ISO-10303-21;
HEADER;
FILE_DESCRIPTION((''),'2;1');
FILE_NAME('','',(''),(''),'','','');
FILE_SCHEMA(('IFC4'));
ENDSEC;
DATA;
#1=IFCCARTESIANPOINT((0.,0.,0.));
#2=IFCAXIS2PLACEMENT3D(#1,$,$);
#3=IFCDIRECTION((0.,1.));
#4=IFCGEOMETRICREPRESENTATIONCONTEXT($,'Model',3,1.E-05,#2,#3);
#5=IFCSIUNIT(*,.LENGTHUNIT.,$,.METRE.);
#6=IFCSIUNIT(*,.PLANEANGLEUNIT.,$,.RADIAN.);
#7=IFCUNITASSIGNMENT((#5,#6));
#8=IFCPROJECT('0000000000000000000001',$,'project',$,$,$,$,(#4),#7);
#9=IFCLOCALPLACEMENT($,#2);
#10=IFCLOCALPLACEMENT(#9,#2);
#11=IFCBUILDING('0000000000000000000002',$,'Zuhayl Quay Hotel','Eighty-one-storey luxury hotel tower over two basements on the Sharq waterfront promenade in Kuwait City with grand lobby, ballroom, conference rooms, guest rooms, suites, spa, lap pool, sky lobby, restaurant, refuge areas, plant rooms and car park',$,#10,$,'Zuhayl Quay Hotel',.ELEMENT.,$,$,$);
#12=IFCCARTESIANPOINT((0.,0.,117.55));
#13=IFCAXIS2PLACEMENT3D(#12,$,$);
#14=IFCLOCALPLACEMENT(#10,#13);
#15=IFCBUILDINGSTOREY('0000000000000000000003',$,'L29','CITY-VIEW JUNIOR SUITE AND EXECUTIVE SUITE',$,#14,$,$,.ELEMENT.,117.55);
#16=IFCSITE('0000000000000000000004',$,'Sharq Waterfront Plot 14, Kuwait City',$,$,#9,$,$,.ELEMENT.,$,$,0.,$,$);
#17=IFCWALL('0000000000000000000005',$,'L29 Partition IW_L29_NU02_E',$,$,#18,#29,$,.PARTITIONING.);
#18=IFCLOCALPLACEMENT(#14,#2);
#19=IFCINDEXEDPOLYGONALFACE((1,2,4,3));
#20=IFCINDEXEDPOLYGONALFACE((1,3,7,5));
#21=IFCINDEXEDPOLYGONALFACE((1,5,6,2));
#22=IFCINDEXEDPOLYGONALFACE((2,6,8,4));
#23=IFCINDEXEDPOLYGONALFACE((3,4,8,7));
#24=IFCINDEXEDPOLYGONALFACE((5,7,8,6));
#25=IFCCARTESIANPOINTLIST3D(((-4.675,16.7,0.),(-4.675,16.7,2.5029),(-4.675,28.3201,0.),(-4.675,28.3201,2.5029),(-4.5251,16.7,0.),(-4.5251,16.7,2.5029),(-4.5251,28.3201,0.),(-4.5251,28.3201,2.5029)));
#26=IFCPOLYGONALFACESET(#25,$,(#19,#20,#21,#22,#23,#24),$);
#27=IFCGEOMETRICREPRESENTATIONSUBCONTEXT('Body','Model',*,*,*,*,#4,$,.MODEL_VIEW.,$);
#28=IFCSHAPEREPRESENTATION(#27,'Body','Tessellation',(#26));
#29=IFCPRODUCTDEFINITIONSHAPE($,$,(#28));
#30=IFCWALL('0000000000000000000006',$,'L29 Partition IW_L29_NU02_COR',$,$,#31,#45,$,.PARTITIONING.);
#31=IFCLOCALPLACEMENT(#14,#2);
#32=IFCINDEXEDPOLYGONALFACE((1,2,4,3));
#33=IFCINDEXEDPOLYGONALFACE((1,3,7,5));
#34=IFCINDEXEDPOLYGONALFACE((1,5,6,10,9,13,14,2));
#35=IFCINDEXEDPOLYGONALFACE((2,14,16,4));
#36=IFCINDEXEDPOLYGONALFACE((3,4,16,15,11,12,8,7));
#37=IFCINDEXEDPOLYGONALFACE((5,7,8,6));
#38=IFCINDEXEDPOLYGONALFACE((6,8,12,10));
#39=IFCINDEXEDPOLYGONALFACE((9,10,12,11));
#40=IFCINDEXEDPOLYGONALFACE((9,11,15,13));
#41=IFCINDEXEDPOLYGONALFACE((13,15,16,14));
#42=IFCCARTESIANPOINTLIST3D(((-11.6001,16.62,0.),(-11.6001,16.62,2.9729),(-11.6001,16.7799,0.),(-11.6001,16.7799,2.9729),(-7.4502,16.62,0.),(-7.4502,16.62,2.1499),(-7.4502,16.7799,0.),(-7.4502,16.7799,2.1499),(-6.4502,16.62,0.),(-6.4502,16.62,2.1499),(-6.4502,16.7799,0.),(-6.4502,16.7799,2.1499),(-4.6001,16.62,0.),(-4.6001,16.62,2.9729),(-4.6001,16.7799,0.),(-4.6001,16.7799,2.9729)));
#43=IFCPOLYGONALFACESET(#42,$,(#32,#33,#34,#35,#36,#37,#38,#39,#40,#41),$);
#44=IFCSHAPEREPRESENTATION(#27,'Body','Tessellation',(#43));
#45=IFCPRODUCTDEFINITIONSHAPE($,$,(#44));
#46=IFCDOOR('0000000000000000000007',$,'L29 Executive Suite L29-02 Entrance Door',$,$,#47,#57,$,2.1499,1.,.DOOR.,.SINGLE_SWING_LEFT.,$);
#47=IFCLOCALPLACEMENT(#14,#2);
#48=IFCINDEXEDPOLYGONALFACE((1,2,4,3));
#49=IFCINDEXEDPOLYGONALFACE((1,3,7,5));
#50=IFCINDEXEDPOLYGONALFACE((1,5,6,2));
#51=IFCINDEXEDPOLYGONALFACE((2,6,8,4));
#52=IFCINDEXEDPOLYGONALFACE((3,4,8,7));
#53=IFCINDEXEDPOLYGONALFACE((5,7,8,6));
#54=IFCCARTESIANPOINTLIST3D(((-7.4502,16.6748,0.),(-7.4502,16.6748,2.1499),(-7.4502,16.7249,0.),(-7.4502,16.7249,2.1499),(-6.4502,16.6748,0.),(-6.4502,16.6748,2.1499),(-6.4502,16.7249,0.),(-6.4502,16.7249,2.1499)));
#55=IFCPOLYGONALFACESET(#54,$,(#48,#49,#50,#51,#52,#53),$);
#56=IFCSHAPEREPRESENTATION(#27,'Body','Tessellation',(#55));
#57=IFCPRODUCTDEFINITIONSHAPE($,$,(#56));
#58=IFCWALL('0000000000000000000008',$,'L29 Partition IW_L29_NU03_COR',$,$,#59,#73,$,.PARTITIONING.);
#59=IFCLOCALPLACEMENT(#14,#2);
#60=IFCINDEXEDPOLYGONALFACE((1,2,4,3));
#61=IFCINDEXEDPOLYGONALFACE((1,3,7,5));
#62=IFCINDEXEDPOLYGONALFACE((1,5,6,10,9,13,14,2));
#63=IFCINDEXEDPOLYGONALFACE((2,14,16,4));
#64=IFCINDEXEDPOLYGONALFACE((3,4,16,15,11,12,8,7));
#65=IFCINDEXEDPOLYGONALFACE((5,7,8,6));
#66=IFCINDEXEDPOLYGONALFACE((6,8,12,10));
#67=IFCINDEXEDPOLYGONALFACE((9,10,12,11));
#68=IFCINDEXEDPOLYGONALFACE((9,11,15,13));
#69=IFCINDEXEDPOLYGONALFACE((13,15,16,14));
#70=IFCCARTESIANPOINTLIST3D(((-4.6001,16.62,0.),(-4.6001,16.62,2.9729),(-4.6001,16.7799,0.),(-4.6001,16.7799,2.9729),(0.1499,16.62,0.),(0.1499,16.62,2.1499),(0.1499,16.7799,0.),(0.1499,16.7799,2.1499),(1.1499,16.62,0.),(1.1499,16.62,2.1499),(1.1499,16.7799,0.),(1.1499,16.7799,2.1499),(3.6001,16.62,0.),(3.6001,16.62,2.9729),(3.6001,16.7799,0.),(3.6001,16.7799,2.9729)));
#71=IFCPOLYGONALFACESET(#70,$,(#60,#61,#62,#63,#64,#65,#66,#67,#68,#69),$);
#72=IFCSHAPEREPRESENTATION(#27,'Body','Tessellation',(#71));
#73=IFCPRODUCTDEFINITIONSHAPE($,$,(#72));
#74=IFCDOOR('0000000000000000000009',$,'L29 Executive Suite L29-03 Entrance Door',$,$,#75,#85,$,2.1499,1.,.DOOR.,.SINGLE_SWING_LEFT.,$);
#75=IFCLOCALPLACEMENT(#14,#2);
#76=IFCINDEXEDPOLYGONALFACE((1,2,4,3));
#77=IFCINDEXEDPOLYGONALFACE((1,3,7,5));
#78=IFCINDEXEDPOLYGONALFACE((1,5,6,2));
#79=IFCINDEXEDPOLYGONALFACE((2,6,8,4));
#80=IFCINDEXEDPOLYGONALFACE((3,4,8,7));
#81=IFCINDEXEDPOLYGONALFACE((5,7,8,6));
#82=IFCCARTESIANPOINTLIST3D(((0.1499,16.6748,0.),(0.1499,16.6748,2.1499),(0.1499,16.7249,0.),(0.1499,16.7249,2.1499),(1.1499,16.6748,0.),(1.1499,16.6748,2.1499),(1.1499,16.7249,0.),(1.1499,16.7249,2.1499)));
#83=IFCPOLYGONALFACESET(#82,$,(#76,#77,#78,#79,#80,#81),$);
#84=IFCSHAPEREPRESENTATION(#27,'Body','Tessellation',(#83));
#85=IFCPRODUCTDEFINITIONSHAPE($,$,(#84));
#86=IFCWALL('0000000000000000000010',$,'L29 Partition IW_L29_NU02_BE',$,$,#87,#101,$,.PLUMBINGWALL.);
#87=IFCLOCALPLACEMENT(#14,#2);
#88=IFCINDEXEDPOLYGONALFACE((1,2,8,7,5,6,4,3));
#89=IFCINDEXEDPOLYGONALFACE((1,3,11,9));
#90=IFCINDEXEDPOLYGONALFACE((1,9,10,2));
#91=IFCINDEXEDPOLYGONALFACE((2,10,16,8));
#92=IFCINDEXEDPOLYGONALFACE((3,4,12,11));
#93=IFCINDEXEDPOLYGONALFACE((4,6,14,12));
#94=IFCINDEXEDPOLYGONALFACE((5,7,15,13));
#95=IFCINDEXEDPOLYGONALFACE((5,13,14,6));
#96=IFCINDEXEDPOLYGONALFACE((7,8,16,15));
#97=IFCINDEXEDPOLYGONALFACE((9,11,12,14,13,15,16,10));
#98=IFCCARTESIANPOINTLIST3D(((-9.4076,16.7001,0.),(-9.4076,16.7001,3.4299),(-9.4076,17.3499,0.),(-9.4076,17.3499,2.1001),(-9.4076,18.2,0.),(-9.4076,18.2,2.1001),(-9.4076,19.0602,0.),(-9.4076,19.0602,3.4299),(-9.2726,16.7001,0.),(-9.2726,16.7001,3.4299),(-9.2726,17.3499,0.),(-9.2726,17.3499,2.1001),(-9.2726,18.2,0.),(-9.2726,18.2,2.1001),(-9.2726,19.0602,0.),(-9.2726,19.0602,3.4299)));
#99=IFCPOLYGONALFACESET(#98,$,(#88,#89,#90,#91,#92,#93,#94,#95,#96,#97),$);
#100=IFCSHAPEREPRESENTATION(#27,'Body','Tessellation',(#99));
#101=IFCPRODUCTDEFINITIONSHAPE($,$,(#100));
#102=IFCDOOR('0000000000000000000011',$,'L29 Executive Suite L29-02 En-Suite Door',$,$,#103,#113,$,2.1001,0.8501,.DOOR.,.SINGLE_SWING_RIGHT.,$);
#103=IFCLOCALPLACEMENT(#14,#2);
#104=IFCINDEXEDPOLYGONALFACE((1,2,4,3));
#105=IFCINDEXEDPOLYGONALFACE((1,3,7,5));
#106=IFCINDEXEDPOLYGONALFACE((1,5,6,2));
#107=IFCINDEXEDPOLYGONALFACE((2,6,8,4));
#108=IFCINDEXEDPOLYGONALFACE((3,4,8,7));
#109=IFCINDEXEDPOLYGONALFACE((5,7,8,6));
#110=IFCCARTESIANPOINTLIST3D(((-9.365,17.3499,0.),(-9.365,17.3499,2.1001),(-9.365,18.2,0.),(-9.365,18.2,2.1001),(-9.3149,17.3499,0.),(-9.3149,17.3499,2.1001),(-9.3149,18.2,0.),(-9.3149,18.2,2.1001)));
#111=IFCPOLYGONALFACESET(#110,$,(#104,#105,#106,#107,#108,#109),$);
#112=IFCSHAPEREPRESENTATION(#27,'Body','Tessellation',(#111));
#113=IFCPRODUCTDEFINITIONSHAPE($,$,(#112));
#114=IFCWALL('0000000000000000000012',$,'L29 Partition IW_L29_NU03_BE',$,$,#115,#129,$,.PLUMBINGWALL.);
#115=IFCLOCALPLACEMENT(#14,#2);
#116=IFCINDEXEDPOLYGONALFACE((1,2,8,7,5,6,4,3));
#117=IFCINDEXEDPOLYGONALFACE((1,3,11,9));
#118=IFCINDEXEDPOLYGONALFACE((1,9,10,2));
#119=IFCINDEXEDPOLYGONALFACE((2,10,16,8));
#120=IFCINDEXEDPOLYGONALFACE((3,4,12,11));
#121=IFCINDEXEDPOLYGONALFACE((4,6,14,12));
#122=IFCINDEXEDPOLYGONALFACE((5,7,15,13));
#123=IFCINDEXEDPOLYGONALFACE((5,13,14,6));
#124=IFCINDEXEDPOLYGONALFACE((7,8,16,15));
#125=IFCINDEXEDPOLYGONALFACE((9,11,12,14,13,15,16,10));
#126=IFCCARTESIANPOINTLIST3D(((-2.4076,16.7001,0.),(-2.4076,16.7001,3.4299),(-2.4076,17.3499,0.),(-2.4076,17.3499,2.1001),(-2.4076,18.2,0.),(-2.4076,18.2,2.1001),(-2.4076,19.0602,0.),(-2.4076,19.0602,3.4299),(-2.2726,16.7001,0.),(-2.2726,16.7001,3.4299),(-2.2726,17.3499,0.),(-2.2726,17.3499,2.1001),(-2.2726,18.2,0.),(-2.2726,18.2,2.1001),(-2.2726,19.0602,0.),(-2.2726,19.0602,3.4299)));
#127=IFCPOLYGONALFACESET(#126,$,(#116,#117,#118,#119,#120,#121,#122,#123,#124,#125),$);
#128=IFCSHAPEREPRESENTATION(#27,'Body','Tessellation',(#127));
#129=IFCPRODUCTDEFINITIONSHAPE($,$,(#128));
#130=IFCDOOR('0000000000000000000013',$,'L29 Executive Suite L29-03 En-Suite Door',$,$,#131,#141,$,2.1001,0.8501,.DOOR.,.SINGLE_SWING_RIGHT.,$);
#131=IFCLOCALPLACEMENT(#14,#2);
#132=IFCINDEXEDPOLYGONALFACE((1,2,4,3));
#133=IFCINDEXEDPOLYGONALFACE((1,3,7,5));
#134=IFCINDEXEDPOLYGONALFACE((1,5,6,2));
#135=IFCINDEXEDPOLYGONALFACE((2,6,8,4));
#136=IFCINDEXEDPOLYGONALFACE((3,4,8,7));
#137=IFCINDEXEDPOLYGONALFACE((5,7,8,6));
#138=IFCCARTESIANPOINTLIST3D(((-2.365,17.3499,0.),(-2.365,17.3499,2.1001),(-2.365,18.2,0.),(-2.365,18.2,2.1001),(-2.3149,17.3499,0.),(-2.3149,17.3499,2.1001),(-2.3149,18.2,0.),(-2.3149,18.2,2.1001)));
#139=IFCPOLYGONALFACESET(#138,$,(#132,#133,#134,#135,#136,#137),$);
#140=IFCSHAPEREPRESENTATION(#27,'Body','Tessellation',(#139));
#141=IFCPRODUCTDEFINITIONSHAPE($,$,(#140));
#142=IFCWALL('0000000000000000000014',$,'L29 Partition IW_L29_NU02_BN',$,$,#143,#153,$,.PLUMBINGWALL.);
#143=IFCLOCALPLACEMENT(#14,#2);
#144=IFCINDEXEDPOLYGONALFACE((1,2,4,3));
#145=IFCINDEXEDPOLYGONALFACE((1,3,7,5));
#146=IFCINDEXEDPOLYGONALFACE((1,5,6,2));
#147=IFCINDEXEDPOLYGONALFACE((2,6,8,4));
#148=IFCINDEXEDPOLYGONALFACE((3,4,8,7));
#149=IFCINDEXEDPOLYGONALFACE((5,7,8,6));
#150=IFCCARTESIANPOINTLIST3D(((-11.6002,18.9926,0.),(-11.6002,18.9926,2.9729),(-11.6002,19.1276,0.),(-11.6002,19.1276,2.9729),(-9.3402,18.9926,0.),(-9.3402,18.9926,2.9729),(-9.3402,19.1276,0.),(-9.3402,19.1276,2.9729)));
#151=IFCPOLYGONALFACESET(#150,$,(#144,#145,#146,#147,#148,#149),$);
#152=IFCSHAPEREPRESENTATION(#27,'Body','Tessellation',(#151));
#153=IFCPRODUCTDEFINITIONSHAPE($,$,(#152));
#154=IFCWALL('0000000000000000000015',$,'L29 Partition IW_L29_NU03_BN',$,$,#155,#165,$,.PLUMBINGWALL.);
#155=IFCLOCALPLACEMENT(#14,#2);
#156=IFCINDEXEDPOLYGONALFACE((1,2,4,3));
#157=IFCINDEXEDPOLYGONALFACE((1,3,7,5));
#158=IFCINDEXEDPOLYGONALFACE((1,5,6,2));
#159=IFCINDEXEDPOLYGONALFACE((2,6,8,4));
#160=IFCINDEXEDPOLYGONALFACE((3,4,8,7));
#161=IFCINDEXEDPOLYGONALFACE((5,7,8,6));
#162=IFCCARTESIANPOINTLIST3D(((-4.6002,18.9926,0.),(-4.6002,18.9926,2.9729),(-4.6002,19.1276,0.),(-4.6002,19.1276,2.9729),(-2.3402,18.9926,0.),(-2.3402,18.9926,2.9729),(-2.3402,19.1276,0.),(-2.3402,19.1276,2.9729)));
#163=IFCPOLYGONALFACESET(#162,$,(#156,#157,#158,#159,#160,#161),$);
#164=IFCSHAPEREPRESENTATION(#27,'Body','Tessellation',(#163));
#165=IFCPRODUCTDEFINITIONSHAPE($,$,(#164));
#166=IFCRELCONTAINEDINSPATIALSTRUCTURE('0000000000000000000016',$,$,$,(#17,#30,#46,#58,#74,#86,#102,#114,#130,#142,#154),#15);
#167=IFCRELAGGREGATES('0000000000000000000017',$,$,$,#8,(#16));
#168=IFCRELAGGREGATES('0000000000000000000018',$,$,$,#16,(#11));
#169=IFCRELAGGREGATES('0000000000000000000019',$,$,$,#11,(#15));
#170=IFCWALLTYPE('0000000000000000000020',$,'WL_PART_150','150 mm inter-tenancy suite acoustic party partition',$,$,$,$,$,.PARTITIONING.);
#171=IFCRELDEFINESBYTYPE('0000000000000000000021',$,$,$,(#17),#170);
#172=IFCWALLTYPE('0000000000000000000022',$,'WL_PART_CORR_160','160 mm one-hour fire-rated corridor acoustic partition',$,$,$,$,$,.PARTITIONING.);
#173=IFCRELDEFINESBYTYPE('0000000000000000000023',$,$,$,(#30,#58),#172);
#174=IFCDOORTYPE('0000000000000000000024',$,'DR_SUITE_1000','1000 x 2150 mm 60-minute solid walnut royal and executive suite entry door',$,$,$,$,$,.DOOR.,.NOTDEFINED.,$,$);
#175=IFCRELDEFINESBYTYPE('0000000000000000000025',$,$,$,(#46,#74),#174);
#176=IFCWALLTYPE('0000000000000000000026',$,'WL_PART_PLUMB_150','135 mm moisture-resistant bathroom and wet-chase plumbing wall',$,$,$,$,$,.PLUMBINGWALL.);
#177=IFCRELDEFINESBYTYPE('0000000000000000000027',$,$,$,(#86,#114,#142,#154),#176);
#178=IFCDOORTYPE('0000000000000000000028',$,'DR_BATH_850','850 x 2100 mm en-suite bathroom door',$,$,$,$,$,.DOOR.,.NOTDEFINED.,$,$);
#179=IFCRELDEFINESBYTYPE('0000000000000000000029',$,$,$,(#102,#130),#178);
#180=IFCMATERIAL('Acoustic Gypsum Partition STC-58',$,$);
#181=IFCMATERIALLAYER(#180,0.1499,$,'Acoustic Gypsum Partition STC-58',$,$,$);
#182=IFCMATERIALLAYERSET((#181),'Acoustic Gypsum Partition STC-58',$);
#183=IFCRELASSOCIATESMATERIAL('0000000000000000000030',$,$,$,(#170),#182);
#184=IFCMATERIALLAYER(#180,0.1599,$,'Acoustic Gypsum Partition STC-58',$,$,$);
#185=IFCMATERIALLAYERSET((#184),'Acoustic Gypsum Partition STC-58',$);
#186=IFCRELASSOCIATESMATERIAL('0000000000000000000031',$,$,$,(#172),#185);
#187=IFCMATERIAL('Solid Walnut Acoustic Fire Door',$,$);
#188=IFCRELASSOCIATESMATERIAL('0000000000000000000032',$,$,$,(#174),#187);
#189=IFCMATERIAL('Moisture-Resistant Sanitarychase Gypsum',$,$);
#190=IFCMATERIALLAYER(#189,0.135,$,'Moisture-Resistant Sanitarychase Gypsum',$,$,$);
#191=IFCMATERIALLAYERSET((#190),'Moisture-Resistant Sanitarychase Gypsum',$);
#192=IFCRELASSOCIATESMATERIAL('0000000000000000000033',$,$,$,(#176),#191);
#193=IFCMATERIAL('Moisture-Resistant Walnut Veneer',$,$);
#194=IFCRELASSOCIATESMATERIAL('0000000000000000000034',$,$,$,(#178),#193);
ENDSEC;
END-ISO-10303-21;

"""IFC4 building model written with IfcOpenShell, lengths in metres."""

from ifc_helpers import new_model, si_unit, direction, frame, frame_2d, origin, place, context, subcontext, project, spatial, rectangle, extrude, material, layer, layer_set, type_object, element, fill, save


model = new_model("IFC4")

# Units and contexts
model_context = context("Model", 3, precision=1e-05, world=origin(), true_north=direction((0.0, 1.0)))
body_context = subcontext(model_context, "Body", "Model", "MODEL_VIEW")
ifc_project = project(units=[si_unit("LENGTHUNIT", "METRE"), si_unit("PLANEANGLEUNIT", "RADIAN")], contexts=[model_context])

# Site, building, storey
site_placement = place(None, origin())
site = spatial("IfcSite", under=ifc_project, at=site_placement, Name="Sharq Waterfront Plot 14, Kuwait City", CompositionType="ELEMENT", RefElevation=0.0)
building_placement = place(site_placement, origin())
building = spatial("IfcBuilding", under=site, at=building_placement, Name="Zuhayl Quay Hotel", Description="Eighty-one-storey luxury hotel tower over two basements on the Sharq waterfront promenade in Kuwait City with grand lobby, ballroom, conference rooms, guest rooms, suites, spa, lap pool, sky lobby, restaurant, refuge areas, plant rooms and car park", LongName="Zuhayl Quay Hotel", CompositionType="ELEMENT")
storey_placement = place(building_placement, frame((0.0, 0.0, 117.55)))
storey = spatial("IfcBuildingStorey", under=building, at=storey_placement, Name="L29", Description="CITY-VIEW JUNIOR SUITE AND EXECUTIVE SUITE", CompositionType="ELEMENT", Elevation=117.55)

# Wall
ifc_material_1 = material(Name="Acoustic Gypsum Partition STC-58")
ifc_layer_1 = layer(ifc_material_1, 0.1499, Name="Acoustic Gypsum Partition STC-58")
ifc_layer_set_1 = layer_set([ifc_layer_1], Name="Acoustic Gypsum Partition STC-58")
wall_type_1 = type_object("IfcWallType", Name="WL_PART_150", Description="150 mm inter-tenancy suite acoustic party partition", PredefinedType="PARTITIONING", material=ifc_layer_set_1)
wall_1_placement = place(storey_placement, frame((-4.6001, 16.7, 0.0), z_axis=(0.0, 0.0, 1.0), x_axis=(0.0, 1.0, 0.0)))
element("IfcWall", 1, at=wall_1_placement, inside=storey, type_object=wall_type_1, Name="L29 Partition IW_L29_NU02_E", PredefinedType="PARTITIONING", context=body_context, shape_type="SweptSolid", body=[
    extrude(rectangle(XDim=11.6201, YDim=0.1499, at=frame_2d((5.8101, 0.0))), origin(), (0.0, 0.0, 1.0), 2.5029),
])

# Walls, openings, doors
ifc_layer_2 = layer(ifc_material_1, 0.1599, Name="Acoustic Gypsum Partition STC-58")
ifc_layer_set_2 = layer_set([ifc_layer_2], Name="Acoustic Gypsum Partition STC-58")
wall_type_2 = type_object("IfcWallType", Name="WL_PART_CORR_160", Description="160 mm one-hour fire-rated corridor acoustic partition", PredefinedType="PARTITIONING", material=ifc_layer_set_2)
wall_2_placement = place(storey_placement, frame((-11.6001, 16.7, 0.0), z_axis=(0.0, 0.0, 1.0), x_axis=(1.0, 0.0, 0.0)))
wall_2 = element("IfcWall", 2, at=wall_2_placement, inside=storey, type_object=wall_type_2, Name="L29 Partition IW_L29_NU02_COR", PredefinedType="PARTITIONING", context=body_context, shape_type="SweptSolid", body=[
    extrude(rectangle(XDim=7.0, YDim=0.1599, at=frame_2d((3.5, 0.0))), origin(), (0.0, 0.0, 1.0), 2.9729),
])
opening_1_placement = place(wall_2_placement, frame((4.1499, 0.0, 0.0)))
opening_1 = element("IfcOpeningElement", 3, at=opening_1_placement, cuts=wall_2, PredefinedType="OPENING", context=body_context, shape_type="SweptSolid", body=[
    extrude(rectangle(XDim=1.0, YDim=2.1499, at=frame_2d((0.5, 1.075))), frame((0.0, 0.0898, 0.0), z_axis=(0.0, -1.0, 0.0), x_axis=(1.0, 0.0, 0.0)), (0.0, 0.0, 1.0), 0.1799),
])
ifc_material_2 = material(Name="Solid Walnut Acoustic Fire Door")
door_type_1 = type_object("IfcDoorType", Name="DR_SUITE_1000", Description="1000 x 2150 mm 60-minute solid walnut royal and executive suite entry door", OperationType="NOTDEFINED", PredefinedType="DOOR", material=ifc_material_2)
door_1_placement = place(opening_1_placement, origin())
door_1 = element("IfcDoor", 4, at=door_1_placement, inside=storey, type_object=door_type_1, Name="L29 Executive Suite L29-02 Entrance Door", OperationType="SINGLE_SWING_LEFT", OverallHeight=2.1499, OverallWidth=1.0, PredefinedType="DOOR", context=body_context, shape_type="SweptSolid", body=[
    extrude(rectangle(XDim=1.0, YDim=2.1499, at=frame_2d((0.5, 1.075))), frame((0.0, 0.0249, 0.0), z_axis=(0.0, -1.0, 0.0), x_axis=(1.0, 0.0, 0.0)), (0.0, 0.0, 1.0), 0.05),
])
fill(opening_1, door_1)
wall_3_placement = place(storey_placement, frame((-4.6001, 16.7, 0.0), z_axis=(0.0, 0.0, 1.0), x_axis=(1.0, 0.0, 0.0)))
wall_3 = element("IfcWall", 5, at=wall_3_placement, inside=storey, type_object=wall_type_2, Name="L29 Partition IW_L29_NU03_COR", PredefinedType="PARTITIONING", context=body_context, shape_type="SweptSolid", body=[
    extrude(rectangle(XDim=8.2002, YDim=0.1599, at=frame_2d((4.1001, 0.0))), origin(), (0.0, 0.0, 1.0), 2.9729),
])
opening_2_placement = place(wall_3_placement, frame((4.75, 0.0, 0.0)))
opening_2 = element("IfcOpeningElement", 6, at=opening_2_placement, cuts=wall_3, PredefinedType="OPENING", context=body_context, shape_type="SweptSolid", body=[
    extrude(rectangle(XDim=1.0, YDim=2.1499, at=frame_2d((0.5, 1.075))), frame((0.0, 0.0898, 0.0), z_axis=(0.0, -1.0, 0.0), x_axis=(1.0, 0.0, 0.0)), (0.0, 0.0, 1.0), 0.1799),
])
door_2_placement = place(opening_2_placement, origin())
door_2 = element("IfcDoor", 7, at=door_2_placement, inside=storey, type_object=door_type_1, Name="L29 Executive Suite L29-03 Entrance Door", OperationType="SINGLE_SWING_LEFT", OverallHeight=2.1499, OverallWidth=1.0, PredefinedType="DOOR", context=body_context, shape_type="SweptSolid", body=[
    extrude(rectangle(XDim=1.0, YDim=2.1499, at=frame_2d((0.5, 1.075))), frame((0.0, 0.0249, 0.0), z_axis=(0.0, -1.0, 0.0), x_axis=(1.0, 0.0, 0.0)), (0.0, 0.0, 1.0), 0.05),
])
fill(opening_2, door_2)
ifc_material_3 = material(Name="Moisture-Resistant Sanitarychase Gypsum")
ifc_layer_3 = layer(ifc_material_3, 0.135, Name="Moisture-Resistant Sanitarychase Gypsum")
ifc_layer_set_3 = layer_set([ifc_layer_3], Name="Moisture-Resistant Sanitarychase Gypsum")
wall_type_3 = type_object("IfcWallType", Name="WL_PART_PLUMB_150", Description="135 mm moisture-resistant bathroom and wet-chase plumbing wall", PredefinedType="PLUMBINGWALL", material=ifc_layer_set_3)
wall_4_placement = place(storey_placement, frame((-9.3401, 16.7, 0.0), z_axis=(0.0, 0.0, 1.0), x_axis=(0.0, 1.0, 0.0)))
wall_4 = element("IfcWall", 8, at=wall_4_placement, inside=storey, type_object=wall_type_3, Name="L29 Partition IW_L29_NU02_BE", PredefinedType="PLUMBINGWALL", context=body_context, shape_type="SweptSolid", body=[
    extrude(rectangle(XDim=2.3601, YDim=0.135, at=frame_2d((1.1802, 0.0))), origin(), (0.0, 0.0, 1.0), 3.4299),
])
opening_3_placement = place(wall_4_placement, frame((0.6499, 0.0, 0.0)))
opening_3 = element("IfcOpeningElement", 9, at=opening_3_placement, cuts=wall_4, PredefinedType="OPENING", context=body_context, shape_type="SweptSolid", body=[
    extrude(rectangle(XDim=0.8501, YDim=2.1001, at=frame_2d((0.425, 1.05))), frame((0.0, 0.0774, 0.0), z_axis=(0.0, -1.0, 0.0), x_axis=(1.0, 0.0, 0.0)), (0.0, 0.0, 1.0), 0.155),
])
ifc_material_4 = material(Name="Moisture-Resistant Walnut Veneer")
door_type_2 = type_object("IfcDoorType", Name="DR_BATH_850", Description="850 x 2100 mm en-suite bathroom door", OperationType="NOTDEFINED", PredefinedType="DOOR", material=ifc_material_4)
door_3_placement = place(opening_3_placement, origin())
door_3 = element("IfcDoor", 10, at=door_3_placement, inside=storey, type_object=door_type_2, Name="L29 Executive Suite L29-02 En-Suite Door", OperationType="SINGLE_SWING_RIGHT", OverallHeight=2.1001, OverallWidth=0.8501, PredefinedType="DOOR", context=body_context, shape_type="SweptSolid", body=[
    extrude(rectangle(XDim=0.8501, YDim=2.1001, at=frame_2d((0.425, 1.05))), frame((0.0, 0.0249, 0.0), z_axis=(0.0, -1.0, 0.0), x_axis=(1.0, 0.0, 0.0)), (0.0, 0.0, 1.0), 0.05),
])
fill(opening_3, door_3)
wall_5_placement = place(storey_placement, frame((-2.3401, 16.7, 0.0), z_axis=(0.0, 0.0, 1.0), x_axis=(0.0, 1.0, 0.0)))
wall_5 = element("IfcWall", 11, at=wall_5_placement, inside=storey, type_object=wall_type_3, Name="L29 Partition IW_L29_NU03_BE", PredefinedType="PLUMBINGWALL", context=body_context, shape_type="SweptSolid", body=[
    extrude(rectangle(XDim=2.3601, YDim=0.135, at=frame_2d((1.1802, 0.0))), origin(), (0.0, 0.0, 1.0), 3.4299),
])
opening_4_placement = place(wall_5_placement, frame((0.6499, 0.0, 0.0)))
opening_4 = element("IfcOpeningElement", 12, at=opening_4_placement, cuts=wall_5, PredefinedType="OPENING", context=body_context, shape_type="SweptSolid", body=[
    extrude(rectangle(XDim=0.8501, YDim=2.1001, at=frame_2d((0.425, 1.05))), frame((0.0, 0.0774, 0.0), z_axis=(0.0, -1.0, 0.0), x_axis=(1.0, 0.0, 0.0)), (0.0, 0.0, 1.0), 0.155),
])
door_4_placement = place(opening_4_placement, origin())
door_4 = element("IfcDoor", 13, at=door_4_placement, inside=storey, type_object=door_type_2, Name="L29 Executive Suite L29-03 En-Suite Door", OperationType="SINGLE_SWING_RIGHT", OverallHeight=2.1001, OverallWidth=0.8501, PredefinedType="DOOR", context=body_context, shape_type="SweptSolid", body=[
    extrude(rectangle(XDim=0.8501, YDim=2.1001, at=frame_2d((0.425, 1.05))), frame((0.0, 0.0249, 0.0), z_axis=(0.0, -1.0, 0.0), x_axis=(1.0, 0.0, 0.0)), (0.0, 0.0, 1.0), 0.05),
])
fill(opening_4, door_4)

# Walls
for number, where, z_axis, x_axis, name in (
    (14, (-11.6001, 19.0601, 0.0), (0.0, 0.0, 1.0), (1.0, 0.0, 0.0), "L29 Partition IW_L29_NU02_BN"),
    (15, (-4.6001, 19.0601, 0.0), (0.0, 0.0, 1.0), (1.0, 0.0, 0.0), "L29 Partition IW_L29_NU03_BN"),
):
    element("IfcWall", number, at=place(storey_placement, frame(where, z_axis=z_axis, x_axis=x_axis)), inside=storey, type_object=wall_type_3, Name=name, PredefinedType="PLUMBINGWALL", context=body_context, shape_type="SweptSolid", body=[
        extrude(rectangle(XDim=2.26, YDim=0.135, at=frame_2d((1.1299, 0.0))), origin(), (0.0, 0.0, 1.0), 2.9729),
    ])

save(model, "model.ifc")
